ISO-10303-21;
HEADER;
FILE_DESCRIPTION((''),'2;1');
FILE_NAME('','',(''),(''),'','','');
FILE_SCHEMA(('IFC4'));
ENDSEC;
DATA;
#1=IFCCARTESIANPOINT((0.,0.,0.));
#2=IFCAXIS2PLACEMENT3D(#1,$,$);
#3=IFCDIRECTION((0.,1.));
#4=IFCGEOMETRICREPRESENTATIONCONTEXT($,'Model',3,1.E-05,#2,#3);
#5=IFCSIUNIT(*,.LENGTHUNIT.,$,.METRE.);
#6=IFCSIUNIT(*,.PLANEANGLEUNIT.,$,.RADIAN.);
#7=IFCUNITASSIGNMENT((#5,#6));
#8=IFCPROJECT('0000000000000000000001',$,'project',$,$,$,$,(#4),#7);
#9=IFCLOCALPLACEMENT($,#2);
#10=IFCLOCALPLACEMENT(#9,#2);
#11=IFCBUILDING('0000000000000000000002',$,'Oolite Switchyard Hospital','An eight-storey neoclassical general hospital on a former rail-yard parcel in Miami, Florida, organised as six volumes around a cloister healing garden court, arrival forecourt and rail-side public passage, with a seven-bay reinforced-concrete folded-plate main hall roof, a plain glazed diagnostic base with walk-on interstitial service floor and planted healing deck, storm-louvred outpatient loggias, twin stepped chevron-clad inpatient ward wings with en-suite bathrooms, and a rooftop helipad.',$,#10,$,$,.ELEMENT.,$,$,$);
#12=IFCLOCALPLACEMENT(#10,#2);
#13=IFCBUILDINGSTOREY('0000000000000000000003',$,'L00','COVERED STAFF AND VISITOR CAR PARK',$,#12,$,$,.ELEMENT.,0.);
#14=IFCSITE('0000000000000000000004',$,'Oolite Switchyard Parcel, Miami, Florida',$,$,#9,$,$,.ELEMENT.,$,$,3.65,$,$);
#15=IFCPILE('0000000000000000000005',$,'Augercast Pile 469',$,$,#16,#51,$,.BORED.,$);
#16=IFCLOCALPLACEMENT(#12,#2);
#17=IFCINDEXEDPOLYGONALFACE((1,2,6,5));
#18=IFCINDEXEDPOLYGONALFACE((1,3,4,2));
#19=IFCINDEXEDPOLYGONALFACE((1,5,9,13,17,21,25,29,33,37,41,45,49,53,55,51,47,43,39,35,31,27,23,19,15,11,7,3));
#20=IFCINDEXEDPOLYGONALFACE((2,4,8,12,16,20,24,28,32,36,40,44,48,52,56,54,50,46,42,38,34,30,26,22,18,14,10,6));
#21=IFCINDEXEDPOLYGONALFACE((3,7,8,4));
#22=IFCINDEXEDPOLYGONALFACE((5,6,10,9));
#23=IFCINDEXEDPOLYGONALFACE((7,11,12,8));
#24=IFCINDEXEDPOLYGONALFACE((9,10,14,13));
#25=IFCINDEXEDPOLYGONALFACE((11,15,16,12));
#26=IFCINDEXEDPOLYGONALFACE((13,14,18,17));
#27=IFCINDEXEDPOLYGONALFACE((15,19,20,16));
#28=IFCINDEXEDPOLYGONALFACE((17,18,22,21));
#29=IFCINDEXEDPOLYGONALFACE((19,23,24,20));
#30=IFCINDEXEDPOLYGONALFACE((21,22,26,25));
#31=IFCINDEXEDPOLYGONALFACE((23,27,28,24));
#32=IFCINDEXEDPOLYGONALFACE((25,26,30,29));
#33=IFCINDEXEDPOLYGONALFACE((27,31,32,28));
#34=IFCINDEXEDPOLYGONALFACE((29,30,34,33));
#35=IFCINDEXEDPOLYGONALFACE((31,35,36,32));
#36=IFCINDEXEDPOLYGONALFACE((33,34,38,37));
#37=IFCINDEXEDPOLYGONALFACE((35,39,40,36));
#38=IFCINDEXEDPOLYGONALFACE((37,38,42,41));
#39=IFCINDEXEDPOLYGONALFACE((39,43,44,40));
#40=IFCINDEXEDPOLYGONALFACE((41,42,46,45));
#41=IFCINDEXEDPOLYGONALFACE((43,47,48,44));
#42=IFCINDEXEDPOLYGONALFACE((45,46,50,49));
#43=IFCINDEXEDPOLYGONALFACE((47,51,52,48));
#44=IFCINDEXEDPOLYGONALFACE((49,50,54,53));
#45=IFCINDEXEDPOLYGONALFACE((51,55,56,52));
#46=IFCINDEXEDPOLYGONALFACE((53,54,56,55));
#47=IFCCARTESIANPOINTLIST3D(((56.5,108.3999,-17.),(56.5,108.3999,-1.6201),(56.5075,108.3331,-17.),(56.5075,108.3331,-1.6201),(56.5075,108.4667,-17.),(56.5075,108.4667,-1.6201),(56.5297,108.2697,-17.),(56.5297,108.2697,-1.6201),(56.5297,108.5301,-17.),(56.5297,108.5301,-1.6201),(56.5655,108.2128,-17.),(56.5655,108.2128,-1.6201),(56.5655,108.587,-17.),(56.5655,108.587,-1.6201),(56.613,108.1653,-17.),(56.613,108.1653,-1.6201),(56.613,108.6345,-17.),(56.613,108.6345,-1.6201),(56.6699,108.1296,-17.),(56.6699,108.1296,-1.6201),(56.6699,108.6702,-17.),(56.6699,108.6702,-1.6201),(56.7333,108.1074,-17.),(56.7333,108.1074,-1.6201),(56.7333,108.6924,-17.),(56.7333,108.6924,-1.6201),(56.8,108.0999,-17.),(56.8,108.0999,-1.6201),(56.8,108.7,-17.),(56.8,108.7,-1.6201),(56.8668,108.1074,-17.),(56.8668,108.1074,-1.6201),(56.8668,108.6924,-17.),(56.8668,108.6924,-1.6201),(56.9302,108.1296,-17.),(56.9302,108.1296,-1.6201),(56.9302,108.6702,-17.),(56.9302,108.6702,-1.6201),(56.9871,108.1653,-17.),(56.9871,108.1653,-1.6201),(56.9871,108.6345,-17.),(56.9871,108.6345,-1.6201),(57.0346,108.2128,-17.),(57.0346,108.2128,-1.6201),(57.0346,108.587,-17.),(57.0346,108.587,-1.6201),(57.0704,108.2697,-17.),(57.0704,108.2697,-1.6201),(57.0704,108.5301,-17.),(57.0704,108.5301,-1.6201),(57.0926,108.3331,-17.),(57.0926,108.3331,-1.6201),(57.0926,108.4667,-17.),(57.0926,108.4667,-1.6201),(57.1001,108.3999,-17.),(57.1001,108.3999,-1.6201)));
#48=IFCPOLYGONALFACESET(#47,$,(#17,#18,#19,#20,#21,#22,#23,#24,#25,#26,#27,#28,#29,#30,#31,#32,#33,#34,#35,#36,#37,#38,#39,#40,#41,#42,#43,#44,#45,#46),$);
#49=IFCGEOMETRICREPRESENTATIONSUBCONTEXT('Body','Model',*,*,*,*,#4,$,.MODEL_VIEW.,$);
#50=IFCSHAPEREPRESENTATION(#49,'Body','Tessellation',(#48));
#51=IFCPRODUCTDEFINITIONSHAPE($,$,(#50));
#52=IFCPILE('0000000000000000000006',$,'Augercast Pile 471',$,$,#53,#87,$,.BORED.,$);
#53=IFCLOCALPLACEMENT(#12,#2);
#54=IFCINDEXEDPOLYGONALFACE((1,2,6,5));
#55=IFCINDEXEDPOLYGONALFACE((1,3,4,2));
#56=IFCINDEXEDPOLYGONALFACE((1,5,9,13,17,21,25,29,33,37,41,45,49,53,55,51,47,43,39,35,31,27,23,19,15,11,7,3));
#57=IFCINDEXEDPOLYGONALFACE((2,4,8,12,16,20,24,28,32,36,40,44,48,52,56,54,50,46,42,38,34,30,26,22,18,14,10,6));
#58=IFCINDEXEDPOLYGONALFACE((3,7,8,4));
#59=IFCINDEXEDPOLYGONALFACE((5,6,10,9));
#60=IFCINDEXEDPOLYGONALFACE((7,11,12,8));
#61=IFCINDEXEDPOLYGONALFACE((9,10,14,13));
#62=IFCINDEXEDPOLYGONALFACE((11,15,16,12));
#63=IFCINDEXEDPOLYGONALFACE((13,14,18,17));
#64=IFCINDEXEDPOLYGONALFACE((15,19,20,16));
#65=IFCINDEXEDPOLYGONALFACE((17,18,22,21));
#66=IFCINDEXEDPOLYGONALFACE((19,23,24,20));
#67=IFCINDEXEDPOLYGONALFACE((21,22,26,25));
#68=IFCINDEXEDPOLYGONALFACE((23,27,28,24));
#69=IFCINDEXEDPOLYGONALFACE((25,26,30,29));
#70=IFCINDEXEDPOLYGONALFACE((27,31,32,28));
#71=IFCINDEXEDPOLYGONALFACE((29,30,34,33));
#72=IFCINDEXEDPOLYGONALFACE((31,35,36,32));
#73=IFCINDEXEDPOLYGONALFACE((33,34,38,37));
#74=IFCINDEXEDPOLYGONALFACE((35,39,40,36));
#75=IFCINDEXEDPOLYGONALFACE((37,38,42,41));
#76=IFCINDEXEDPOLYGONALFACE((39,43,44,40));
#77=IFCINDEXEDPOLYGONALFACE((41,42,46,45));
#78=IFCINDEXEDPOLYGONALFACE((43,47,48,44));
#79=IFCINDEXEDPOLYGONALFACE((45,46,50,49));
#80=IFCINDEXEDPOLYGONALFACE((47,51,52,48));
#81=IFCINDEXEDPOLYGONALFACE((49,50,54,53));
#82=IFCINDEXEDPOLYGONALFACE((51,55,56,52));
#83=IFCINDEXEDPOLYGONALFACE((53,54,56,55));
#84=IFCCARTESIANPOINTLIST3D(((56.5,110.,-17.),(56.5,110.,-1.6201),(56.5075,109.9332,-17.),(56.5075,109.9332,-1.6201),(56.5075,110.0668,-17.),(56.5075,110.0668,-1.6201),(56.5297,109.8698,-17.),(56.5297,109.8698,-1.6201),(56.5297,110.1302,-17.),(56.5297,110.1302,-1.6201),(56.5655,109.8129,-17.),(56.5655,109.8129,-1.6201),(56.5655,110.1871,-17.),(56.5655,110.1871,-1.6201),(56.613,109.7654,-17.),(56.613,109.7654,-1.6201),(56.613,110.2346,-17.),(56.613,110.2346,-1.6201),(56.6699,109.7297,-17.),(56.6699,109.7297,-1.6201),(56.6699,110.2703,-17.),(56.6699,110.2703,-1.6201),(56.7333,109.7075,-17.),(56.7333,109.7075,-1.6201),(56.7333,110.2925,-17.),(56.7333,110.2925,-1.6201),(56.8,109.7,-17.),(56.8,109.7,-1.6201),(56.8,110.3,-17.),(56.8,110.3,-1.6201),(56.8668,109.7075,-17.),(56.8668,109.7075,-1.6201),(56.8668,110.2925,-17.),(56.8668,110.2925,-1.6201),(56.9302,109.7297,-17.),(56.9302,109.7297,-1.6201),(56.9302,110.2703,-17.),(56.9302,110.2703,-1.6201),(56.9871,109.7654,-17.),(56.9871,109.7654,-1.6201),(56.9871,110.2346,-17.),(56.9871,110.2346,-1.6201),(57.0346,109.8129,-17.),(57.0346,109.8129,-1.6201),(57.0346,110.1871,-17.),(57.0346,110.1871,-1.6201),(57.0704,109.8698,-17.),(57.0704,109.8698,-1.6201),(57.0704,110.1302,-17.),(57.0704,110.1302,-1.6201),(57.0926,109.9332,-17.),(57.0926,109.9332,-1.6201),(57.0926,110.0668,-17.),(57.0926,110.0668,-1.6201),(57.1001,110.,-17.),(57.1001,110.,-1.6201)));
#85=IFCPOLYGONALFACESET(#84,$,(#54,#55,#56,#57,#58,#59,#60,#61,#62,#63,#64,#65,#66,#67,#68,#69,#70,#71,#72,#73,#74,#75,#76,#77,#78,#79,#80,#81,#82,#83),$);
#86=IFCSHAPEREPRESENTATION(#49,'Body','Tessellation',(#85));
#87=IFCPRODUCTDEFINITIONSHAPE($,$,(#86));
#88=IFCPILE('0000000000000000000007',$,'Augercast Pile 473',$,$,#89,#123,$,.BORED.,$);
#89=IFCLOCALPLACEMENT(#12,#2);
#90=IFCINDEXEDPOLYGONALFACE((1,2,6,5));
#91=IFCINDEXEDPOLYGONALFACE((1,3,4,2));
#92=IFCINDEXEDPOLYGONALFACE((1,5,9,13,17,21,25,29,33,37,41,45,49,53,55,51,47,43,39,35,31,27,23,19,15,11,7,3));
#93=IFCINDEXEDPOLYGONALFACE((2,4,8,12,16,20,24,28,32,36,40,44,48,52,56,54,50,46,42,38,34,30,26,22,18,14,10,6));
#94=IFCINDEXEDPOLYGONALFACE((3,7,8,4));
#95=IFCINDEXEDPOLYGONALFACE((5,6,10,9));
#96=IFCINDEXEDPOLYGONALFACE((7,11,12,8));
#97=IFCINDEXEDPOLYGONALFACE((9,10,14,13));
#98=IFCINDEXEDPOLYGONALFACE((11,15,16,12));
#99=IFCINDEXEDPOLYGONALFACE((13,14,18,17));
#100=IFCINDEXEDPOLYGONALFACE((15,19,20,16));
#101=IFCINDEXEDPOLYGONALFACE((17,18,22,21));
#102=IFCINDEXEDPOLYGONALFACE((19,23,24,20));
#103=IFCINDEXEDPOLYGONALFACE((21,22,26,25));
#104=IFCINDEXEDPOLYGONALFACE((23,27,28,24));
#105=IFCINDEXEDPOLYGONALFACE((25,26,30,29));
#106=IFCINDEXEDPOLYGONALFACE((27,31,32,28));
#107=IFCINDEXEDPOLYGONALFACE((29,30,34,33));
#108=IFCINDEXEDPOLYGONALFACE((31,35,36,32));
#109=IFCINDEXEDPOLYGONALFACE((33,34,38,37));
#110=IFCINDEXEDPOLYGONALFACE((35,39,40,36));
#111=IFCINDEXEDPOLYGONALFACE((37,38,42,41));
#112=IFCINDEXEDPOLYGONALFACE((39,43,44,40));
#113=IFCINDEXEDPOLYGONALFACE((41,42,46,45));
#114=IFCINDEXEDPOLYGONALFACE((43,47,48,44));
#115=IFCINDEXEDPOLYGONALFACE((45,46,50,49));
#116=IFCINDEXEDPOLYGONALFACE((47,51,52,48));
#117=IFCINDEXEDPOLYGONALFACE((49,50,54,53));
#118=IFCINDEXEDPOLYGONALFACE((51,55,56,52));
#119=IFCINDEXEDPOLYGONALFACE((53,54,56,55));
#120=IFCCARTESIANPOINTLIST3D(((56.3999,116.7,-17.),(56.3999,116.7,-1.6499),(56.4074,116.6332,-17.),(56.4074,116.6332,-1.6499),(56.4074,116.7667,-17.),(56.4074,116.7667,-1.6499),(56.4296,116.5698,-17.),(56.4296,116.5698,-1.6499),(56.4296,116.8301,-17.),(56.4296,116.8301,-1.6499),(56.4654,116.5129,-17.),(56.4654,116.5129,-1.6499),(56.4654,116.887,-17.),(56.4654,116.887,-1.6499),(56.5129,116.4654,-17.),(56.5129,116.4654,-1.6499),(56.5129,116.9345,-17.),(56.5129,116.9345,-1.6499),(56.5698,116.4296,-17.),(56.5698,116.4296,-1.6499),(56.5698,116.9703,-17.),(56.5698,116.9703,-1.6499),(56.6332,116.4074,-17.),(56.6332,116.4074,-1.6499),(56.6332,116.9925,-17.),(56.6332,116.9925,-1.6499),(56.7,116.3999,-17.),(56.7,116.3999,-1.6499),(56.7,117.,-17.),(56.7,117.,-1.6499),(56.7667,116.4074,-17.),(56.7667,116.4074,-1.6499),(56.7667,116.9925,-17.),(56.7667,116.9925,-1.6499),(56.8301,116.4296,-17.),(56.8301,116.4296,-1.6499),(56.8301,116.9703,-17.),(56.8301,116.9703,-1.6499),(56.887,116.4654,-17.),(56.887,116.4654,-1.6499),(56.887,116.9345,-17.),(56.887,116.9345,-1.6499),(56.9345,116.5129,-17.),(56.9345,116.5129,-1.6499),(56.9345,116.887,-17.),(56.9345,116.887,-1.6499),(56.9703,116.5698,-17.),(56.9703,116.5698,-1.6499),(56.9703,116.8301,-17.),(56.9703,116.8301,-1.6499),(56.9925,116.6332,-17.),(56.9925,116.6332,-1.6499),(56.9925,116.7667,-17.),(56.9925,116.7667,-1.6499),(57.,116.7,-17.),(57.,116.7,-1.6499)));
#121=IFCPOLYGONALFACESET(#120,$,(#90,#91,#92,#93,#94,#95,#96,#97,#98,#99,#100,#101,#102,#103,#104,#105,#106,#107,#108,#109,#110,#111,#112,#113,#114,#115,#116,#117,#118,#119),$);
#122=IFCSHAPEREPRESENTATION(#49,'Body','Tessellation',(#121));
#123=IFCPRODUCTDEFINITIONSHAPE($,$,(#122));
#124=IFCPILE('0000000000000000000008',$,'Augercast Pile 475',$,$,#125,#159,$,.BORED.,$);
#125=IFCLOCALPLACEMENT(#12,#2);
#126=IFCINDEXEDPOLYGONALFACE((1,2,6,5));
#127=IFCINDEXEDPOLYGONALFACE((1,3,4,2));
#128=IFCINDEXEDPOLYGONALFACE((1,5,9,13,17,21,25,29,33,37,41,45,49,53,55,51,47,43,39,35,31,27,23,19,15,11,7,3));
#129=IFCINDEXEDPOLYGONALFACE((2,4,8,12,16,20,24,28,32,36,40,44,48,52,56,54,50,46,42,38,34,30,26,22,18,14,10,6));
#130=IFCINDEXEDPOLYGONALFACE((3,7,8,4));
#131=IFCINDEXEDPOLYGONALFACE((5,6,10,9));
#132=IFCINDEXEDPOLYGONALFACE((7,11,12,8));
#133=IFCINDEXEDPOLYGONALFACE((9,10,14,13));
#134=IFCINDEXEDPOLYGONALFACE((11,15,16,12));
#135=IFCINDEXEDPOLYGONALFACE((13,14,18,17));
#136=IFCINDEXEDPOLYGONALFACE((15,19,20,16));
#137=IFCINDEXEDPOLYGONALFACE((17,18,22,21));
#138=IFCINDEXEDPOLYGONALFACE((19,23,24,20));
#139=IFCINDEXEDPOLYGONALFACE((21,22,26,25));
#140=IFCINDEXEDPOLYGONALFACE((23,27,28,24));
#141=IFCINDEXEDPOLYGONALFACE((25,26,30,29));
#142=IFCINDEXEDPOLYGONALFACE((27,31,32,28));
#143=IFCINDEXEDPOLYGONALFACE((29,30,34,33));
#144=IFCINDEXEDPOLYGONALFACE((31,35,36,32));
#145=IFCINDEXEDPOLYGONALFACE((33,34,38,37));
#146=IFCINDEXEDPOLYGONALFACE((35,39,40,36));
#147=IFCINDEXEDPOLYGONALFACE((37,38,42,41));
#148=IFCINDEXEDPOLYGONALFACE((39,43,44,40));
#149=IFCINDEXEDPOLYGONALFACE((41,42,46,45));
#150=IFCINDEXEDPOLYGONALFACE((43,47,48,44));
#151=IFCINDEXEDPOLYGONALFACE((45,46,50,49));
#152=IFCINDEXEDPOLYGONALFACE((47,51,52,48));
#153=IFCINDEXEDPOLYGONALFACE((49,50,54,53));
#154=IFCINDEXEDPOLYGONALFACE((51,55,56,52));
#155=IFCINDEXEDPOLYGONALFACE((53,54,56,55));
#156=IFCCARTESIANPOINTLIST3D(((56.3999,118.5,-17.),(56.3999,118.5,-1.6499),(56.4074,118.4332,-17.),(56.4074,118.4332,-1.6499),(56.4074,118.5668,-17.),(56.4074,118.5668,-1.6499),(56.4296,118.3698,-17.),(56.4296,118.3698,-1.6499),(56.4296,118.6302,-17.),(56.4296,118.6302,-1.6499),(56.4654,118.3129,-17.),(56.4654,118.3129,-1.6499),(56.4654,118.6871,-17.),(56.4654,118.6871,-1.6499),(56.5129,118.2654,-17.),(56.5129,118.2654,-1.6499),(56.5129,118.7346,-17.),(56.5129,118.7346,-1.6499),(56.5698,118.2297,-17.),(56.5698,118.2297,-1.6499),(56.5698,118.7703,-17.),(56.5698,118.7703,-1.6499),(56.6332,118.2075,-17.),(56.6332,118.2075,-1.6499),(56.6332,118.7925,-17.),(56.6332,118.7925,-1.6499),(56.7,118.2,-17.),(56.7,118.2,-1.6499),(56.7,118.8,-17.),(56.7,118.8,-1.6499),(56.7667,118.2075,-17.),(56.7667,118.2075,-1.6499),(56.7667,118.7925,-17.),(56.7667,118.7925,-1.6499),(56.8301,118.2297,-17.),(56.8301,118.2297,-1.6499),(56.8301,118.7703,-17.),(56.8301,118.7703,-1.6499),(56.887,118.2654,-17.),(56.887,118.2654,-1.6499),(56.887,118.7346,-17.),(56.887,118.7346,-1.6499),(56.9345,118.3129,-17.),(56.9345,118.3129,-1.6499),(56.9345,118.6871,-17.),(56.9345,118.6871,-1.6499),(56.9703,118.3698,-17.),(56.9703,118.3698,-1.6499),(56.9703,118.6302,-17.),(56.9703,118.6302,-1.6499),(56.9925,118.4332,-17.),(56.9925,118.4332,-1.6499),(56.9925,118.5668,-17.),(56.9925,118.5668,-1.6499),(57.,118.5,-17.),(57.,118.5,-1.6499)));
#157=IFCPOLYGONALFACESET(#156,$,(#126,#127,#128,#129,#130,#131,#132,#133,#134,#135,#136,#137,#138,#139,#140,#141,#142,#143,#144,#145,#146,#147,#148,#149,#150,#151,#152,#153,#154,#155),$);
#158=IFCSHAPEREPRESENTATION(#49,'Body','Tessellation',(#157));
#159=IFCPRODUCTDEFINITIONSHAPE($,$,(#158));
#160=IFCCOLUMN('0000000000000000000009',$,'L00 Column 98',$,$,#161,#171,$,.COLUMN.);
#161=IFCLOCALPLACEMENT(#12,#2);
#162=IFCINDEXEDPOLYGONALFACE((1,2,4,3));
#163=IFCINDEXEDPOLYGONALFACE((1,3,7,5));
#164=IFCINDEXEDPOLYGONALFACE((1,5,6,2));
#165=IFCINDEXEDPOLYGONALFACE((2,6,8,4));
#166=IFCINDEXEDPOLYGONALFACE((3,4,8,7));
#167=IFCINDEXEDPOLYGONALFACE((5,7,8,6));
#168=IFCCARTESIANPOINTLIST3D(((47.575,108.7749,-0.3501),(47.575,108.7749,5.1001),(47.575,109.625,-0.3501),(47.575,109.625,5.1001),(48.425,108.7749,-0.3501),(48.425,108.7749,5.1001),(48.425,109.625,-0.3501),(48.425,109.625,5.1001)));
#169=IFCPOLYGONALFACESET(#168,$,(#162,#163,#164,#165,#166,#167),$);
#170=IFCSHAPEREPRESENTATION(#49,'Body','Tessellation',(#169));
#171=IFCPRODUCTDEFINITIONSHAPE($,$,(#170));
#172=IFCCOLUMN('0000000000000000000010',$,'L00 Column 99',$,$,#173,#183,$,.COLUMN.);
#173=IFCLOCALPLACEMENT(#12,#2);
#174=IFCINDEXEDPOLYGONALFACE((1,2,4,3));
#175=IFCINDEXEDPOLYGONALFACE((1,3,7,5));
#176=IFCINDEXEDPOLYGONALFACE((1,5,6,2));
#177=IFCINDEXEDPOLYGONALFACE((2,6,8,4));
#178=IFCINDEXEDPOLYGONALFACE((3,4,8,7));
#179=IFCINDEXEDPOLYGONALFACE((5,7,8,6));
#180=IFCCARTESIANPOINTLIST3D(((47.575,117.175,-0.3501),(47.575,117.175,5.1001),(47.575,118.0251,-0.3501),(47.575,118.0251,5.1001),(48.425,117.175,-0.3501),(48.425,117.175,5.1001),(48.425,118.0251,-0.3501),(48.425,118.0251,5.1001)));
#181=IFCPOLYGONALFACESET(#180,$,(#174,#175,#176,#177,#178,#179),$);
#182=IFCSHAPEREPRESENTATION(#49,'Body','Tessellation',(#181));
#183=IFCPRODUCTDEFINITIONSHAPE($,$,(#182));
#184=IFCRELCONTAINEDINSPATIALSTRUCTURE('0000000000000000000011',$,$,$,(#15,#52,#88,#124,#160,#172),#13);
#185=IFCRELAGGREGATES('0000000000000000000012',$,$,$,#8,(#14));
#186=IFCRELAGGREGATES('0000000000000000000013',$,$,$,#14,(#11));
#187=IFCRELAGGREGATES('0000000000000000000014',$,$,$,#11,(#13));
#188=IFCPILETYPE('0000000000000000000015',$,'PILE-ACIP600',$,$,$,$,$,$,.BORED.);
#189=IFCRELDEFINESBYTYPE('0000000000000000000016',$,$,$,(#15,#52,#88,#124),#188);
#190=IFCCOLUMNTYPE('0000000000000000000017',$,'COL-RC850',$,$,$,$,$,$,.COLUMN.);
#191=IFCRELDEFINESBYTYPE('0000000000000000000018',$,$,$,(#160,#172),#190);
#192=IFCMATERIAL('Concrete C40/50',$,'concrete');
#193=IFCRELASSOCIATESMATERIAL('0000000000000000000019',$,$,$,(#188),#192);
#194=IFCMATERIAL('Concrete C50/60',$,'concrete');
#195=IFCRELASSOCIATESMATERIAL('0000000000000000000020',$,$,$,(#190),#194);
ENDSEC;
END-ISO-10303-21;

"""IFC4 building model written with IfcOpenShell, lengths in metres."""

from ifc_helpers import new_model, si_unit, direction, frame, origin, origin_2d, place, context, subcontext, project, spatial, rectangle, circle, extrude, material, material_profile, profile_set, type_object, element, save


model = new_model("IFC4")

# Units and contexts
model_context = context("Model", 3, precision=1e-05, world=origin(), true_north=direction((0.0, 1.0)))
body_context = subcontext(model_context, "Body", "Model", "MODEL_VIEW")
ifc_project = project(units=[si_unit("LENGTHUNIT", "METRE"), si_unit("PLANEANGLEUNIT", "RADIAN")], contexts=[model_context])

# Site, building, storey
site_placement = place(None, origin())
site = spatial("IfcSite", under=ifc_project, at=site_placement, Name="Oolite Switchyard Parcel, Miami, Florida", CompositionType="ELEMENT", RefElevation=3.65)
building_placement = place(site_placement, origin())
building = spatial("IfcBuilding", under=site, at=building_placement, Name="Oolite Switchyard Hospital", Description="An eight-storey neoclassical general hospital on a former rail-yard parcel in Miami, Florida, organised as six volumes around a cloister healing garden court, arrival forecourt and rail-side public passage, with a seven-bay reinforced-concrete folded-plate main hall roof, a plain glazed diagnostic base with walk-on interstitial service floor and planted healing deck, storm-louvred outpatient loggias, twin stepped chevron-clad inpatient ward wings with en-suite bathrooms, and a rooftop helipad.", CompositionType="ELEMENT")
storey_placement = place(building_placement, origin())
storey = spatial("IfcBuildingStorey", under=building, at=storey_placement, Name="L00", Description="COVERED STAFF AND VISITOR CAR PARK", CompositionType="ELEMENT", Elevation=0.0)

# Shared definitions
ifc_material_1 = material(Name="Concrete C40/50", Category="concrete")

# Piles
ifc_material_profile_1 = material_profile(ifc_material_1, circle(Radius=0.3, at=origin_2d()), Name="PILE600")
ifc_profile_set_1 = profile_set([ifc_material_profile_1], Name="Concrete C40/50")
pile_type = type_object("IfcPileType", Name="PILE-ACIP600", PredefinedType="BORED", material=ifc_profile_set_1)
for number, where, z_axis, x_axis, name in (
    (1, (56.8, 108.3999, -1.6201), (0.0, 0.0, -1.0), (1.0, 0.0, 0.0), "Augercast Pile 469"),
    (2, (56.8, 110.0, -1.6201), (0.0, 0.0, -1.0), (1.0, 0.0, 0.0), "Augercast Pile 471"),
):
    element("IfcPile", number, at=place(storey_placement, frame(where, z_axis=z_axis, x_axis=x_axis)), inside=storey, type_object=pile_type, Name=name, PredefinedType="BORED", context=body_context, shape_type="SweptSolid", body=[
        extrude(circle(Radius=0.3, at=origin_2d()), origin(), (0.0, 0.0, 1.0), 15.3799),
    ])
for number, where, z_axis, x_axis, name in (
    (3, (56.7, 116.7, -1.6499), (0.0, 0.0, -1.0), (1.0, 0.0, 0.0), "Augercast Pile 473"),
    (4, (56.7, 118.5, -1.6499), (0.0, 0.0, -1.0), (1.0, 0.0, 0.0), "Augercast Pile 475"),
):
    element("IfcPile", number, at=place(storey_placement, frame(where, z_axis=z_axis, x_axis=x_axis)), inside=storey, type_object=pile_type, Name=name, PredefinedType="BORED", context=body_context, shape_type="SweptSolid", body=[
        extrude(circle(Radius=0.3, at=origin_2d()), origin(), (0.0, 0.0, 1.0), 15.3501),
    ])

# Columns
ifc_material_2 = material(Name="Concrete C50/60", Category="concrete")
ifc_material_profile_2 = material_profile(ifc_material_2, rectangle(XDim=0.8501, YDim=0.8501, at=origin_2d()), Name="RC850X850")
ifc_profile_set_2 = profile_set([ifc_material_profile_2], Name="Concrete C50/60")
column_type = type_object("IfcColumnType", Name="COL-RC850", PredefinedType="COLUMN", material=ifc_profile_set_2)
for number, where, z_axis, x_axis, name in (
    (5, (48.0, 109.2, -0.3501), (0.0, 0.0, 1.0), (1.0, 0.0, 0.0), "L00 Column 98"),
    (6, (48.0, 117.6001, -0.3501), (0.0, 0.0, 1.0), (1.0, 0.0, 0.0), "L00 Column 99"),
):
    element("IfcColumn", number, at=place(storey_placement, frame(where, z_axis=z_axis, x_axis=x_axis)), inside=storey, type_object=column_type, Name=name, PredefinedType="COLUMN", context=body_context, shape_type="SweptSolid", body=[
        extrude(rectangle(XDim=0.8501, YDim=0.8501, at=origin_2d()), origin(), (0.0, 0.0, 1.0), 5.4502),
    ])

save(model, "model.ifc")
